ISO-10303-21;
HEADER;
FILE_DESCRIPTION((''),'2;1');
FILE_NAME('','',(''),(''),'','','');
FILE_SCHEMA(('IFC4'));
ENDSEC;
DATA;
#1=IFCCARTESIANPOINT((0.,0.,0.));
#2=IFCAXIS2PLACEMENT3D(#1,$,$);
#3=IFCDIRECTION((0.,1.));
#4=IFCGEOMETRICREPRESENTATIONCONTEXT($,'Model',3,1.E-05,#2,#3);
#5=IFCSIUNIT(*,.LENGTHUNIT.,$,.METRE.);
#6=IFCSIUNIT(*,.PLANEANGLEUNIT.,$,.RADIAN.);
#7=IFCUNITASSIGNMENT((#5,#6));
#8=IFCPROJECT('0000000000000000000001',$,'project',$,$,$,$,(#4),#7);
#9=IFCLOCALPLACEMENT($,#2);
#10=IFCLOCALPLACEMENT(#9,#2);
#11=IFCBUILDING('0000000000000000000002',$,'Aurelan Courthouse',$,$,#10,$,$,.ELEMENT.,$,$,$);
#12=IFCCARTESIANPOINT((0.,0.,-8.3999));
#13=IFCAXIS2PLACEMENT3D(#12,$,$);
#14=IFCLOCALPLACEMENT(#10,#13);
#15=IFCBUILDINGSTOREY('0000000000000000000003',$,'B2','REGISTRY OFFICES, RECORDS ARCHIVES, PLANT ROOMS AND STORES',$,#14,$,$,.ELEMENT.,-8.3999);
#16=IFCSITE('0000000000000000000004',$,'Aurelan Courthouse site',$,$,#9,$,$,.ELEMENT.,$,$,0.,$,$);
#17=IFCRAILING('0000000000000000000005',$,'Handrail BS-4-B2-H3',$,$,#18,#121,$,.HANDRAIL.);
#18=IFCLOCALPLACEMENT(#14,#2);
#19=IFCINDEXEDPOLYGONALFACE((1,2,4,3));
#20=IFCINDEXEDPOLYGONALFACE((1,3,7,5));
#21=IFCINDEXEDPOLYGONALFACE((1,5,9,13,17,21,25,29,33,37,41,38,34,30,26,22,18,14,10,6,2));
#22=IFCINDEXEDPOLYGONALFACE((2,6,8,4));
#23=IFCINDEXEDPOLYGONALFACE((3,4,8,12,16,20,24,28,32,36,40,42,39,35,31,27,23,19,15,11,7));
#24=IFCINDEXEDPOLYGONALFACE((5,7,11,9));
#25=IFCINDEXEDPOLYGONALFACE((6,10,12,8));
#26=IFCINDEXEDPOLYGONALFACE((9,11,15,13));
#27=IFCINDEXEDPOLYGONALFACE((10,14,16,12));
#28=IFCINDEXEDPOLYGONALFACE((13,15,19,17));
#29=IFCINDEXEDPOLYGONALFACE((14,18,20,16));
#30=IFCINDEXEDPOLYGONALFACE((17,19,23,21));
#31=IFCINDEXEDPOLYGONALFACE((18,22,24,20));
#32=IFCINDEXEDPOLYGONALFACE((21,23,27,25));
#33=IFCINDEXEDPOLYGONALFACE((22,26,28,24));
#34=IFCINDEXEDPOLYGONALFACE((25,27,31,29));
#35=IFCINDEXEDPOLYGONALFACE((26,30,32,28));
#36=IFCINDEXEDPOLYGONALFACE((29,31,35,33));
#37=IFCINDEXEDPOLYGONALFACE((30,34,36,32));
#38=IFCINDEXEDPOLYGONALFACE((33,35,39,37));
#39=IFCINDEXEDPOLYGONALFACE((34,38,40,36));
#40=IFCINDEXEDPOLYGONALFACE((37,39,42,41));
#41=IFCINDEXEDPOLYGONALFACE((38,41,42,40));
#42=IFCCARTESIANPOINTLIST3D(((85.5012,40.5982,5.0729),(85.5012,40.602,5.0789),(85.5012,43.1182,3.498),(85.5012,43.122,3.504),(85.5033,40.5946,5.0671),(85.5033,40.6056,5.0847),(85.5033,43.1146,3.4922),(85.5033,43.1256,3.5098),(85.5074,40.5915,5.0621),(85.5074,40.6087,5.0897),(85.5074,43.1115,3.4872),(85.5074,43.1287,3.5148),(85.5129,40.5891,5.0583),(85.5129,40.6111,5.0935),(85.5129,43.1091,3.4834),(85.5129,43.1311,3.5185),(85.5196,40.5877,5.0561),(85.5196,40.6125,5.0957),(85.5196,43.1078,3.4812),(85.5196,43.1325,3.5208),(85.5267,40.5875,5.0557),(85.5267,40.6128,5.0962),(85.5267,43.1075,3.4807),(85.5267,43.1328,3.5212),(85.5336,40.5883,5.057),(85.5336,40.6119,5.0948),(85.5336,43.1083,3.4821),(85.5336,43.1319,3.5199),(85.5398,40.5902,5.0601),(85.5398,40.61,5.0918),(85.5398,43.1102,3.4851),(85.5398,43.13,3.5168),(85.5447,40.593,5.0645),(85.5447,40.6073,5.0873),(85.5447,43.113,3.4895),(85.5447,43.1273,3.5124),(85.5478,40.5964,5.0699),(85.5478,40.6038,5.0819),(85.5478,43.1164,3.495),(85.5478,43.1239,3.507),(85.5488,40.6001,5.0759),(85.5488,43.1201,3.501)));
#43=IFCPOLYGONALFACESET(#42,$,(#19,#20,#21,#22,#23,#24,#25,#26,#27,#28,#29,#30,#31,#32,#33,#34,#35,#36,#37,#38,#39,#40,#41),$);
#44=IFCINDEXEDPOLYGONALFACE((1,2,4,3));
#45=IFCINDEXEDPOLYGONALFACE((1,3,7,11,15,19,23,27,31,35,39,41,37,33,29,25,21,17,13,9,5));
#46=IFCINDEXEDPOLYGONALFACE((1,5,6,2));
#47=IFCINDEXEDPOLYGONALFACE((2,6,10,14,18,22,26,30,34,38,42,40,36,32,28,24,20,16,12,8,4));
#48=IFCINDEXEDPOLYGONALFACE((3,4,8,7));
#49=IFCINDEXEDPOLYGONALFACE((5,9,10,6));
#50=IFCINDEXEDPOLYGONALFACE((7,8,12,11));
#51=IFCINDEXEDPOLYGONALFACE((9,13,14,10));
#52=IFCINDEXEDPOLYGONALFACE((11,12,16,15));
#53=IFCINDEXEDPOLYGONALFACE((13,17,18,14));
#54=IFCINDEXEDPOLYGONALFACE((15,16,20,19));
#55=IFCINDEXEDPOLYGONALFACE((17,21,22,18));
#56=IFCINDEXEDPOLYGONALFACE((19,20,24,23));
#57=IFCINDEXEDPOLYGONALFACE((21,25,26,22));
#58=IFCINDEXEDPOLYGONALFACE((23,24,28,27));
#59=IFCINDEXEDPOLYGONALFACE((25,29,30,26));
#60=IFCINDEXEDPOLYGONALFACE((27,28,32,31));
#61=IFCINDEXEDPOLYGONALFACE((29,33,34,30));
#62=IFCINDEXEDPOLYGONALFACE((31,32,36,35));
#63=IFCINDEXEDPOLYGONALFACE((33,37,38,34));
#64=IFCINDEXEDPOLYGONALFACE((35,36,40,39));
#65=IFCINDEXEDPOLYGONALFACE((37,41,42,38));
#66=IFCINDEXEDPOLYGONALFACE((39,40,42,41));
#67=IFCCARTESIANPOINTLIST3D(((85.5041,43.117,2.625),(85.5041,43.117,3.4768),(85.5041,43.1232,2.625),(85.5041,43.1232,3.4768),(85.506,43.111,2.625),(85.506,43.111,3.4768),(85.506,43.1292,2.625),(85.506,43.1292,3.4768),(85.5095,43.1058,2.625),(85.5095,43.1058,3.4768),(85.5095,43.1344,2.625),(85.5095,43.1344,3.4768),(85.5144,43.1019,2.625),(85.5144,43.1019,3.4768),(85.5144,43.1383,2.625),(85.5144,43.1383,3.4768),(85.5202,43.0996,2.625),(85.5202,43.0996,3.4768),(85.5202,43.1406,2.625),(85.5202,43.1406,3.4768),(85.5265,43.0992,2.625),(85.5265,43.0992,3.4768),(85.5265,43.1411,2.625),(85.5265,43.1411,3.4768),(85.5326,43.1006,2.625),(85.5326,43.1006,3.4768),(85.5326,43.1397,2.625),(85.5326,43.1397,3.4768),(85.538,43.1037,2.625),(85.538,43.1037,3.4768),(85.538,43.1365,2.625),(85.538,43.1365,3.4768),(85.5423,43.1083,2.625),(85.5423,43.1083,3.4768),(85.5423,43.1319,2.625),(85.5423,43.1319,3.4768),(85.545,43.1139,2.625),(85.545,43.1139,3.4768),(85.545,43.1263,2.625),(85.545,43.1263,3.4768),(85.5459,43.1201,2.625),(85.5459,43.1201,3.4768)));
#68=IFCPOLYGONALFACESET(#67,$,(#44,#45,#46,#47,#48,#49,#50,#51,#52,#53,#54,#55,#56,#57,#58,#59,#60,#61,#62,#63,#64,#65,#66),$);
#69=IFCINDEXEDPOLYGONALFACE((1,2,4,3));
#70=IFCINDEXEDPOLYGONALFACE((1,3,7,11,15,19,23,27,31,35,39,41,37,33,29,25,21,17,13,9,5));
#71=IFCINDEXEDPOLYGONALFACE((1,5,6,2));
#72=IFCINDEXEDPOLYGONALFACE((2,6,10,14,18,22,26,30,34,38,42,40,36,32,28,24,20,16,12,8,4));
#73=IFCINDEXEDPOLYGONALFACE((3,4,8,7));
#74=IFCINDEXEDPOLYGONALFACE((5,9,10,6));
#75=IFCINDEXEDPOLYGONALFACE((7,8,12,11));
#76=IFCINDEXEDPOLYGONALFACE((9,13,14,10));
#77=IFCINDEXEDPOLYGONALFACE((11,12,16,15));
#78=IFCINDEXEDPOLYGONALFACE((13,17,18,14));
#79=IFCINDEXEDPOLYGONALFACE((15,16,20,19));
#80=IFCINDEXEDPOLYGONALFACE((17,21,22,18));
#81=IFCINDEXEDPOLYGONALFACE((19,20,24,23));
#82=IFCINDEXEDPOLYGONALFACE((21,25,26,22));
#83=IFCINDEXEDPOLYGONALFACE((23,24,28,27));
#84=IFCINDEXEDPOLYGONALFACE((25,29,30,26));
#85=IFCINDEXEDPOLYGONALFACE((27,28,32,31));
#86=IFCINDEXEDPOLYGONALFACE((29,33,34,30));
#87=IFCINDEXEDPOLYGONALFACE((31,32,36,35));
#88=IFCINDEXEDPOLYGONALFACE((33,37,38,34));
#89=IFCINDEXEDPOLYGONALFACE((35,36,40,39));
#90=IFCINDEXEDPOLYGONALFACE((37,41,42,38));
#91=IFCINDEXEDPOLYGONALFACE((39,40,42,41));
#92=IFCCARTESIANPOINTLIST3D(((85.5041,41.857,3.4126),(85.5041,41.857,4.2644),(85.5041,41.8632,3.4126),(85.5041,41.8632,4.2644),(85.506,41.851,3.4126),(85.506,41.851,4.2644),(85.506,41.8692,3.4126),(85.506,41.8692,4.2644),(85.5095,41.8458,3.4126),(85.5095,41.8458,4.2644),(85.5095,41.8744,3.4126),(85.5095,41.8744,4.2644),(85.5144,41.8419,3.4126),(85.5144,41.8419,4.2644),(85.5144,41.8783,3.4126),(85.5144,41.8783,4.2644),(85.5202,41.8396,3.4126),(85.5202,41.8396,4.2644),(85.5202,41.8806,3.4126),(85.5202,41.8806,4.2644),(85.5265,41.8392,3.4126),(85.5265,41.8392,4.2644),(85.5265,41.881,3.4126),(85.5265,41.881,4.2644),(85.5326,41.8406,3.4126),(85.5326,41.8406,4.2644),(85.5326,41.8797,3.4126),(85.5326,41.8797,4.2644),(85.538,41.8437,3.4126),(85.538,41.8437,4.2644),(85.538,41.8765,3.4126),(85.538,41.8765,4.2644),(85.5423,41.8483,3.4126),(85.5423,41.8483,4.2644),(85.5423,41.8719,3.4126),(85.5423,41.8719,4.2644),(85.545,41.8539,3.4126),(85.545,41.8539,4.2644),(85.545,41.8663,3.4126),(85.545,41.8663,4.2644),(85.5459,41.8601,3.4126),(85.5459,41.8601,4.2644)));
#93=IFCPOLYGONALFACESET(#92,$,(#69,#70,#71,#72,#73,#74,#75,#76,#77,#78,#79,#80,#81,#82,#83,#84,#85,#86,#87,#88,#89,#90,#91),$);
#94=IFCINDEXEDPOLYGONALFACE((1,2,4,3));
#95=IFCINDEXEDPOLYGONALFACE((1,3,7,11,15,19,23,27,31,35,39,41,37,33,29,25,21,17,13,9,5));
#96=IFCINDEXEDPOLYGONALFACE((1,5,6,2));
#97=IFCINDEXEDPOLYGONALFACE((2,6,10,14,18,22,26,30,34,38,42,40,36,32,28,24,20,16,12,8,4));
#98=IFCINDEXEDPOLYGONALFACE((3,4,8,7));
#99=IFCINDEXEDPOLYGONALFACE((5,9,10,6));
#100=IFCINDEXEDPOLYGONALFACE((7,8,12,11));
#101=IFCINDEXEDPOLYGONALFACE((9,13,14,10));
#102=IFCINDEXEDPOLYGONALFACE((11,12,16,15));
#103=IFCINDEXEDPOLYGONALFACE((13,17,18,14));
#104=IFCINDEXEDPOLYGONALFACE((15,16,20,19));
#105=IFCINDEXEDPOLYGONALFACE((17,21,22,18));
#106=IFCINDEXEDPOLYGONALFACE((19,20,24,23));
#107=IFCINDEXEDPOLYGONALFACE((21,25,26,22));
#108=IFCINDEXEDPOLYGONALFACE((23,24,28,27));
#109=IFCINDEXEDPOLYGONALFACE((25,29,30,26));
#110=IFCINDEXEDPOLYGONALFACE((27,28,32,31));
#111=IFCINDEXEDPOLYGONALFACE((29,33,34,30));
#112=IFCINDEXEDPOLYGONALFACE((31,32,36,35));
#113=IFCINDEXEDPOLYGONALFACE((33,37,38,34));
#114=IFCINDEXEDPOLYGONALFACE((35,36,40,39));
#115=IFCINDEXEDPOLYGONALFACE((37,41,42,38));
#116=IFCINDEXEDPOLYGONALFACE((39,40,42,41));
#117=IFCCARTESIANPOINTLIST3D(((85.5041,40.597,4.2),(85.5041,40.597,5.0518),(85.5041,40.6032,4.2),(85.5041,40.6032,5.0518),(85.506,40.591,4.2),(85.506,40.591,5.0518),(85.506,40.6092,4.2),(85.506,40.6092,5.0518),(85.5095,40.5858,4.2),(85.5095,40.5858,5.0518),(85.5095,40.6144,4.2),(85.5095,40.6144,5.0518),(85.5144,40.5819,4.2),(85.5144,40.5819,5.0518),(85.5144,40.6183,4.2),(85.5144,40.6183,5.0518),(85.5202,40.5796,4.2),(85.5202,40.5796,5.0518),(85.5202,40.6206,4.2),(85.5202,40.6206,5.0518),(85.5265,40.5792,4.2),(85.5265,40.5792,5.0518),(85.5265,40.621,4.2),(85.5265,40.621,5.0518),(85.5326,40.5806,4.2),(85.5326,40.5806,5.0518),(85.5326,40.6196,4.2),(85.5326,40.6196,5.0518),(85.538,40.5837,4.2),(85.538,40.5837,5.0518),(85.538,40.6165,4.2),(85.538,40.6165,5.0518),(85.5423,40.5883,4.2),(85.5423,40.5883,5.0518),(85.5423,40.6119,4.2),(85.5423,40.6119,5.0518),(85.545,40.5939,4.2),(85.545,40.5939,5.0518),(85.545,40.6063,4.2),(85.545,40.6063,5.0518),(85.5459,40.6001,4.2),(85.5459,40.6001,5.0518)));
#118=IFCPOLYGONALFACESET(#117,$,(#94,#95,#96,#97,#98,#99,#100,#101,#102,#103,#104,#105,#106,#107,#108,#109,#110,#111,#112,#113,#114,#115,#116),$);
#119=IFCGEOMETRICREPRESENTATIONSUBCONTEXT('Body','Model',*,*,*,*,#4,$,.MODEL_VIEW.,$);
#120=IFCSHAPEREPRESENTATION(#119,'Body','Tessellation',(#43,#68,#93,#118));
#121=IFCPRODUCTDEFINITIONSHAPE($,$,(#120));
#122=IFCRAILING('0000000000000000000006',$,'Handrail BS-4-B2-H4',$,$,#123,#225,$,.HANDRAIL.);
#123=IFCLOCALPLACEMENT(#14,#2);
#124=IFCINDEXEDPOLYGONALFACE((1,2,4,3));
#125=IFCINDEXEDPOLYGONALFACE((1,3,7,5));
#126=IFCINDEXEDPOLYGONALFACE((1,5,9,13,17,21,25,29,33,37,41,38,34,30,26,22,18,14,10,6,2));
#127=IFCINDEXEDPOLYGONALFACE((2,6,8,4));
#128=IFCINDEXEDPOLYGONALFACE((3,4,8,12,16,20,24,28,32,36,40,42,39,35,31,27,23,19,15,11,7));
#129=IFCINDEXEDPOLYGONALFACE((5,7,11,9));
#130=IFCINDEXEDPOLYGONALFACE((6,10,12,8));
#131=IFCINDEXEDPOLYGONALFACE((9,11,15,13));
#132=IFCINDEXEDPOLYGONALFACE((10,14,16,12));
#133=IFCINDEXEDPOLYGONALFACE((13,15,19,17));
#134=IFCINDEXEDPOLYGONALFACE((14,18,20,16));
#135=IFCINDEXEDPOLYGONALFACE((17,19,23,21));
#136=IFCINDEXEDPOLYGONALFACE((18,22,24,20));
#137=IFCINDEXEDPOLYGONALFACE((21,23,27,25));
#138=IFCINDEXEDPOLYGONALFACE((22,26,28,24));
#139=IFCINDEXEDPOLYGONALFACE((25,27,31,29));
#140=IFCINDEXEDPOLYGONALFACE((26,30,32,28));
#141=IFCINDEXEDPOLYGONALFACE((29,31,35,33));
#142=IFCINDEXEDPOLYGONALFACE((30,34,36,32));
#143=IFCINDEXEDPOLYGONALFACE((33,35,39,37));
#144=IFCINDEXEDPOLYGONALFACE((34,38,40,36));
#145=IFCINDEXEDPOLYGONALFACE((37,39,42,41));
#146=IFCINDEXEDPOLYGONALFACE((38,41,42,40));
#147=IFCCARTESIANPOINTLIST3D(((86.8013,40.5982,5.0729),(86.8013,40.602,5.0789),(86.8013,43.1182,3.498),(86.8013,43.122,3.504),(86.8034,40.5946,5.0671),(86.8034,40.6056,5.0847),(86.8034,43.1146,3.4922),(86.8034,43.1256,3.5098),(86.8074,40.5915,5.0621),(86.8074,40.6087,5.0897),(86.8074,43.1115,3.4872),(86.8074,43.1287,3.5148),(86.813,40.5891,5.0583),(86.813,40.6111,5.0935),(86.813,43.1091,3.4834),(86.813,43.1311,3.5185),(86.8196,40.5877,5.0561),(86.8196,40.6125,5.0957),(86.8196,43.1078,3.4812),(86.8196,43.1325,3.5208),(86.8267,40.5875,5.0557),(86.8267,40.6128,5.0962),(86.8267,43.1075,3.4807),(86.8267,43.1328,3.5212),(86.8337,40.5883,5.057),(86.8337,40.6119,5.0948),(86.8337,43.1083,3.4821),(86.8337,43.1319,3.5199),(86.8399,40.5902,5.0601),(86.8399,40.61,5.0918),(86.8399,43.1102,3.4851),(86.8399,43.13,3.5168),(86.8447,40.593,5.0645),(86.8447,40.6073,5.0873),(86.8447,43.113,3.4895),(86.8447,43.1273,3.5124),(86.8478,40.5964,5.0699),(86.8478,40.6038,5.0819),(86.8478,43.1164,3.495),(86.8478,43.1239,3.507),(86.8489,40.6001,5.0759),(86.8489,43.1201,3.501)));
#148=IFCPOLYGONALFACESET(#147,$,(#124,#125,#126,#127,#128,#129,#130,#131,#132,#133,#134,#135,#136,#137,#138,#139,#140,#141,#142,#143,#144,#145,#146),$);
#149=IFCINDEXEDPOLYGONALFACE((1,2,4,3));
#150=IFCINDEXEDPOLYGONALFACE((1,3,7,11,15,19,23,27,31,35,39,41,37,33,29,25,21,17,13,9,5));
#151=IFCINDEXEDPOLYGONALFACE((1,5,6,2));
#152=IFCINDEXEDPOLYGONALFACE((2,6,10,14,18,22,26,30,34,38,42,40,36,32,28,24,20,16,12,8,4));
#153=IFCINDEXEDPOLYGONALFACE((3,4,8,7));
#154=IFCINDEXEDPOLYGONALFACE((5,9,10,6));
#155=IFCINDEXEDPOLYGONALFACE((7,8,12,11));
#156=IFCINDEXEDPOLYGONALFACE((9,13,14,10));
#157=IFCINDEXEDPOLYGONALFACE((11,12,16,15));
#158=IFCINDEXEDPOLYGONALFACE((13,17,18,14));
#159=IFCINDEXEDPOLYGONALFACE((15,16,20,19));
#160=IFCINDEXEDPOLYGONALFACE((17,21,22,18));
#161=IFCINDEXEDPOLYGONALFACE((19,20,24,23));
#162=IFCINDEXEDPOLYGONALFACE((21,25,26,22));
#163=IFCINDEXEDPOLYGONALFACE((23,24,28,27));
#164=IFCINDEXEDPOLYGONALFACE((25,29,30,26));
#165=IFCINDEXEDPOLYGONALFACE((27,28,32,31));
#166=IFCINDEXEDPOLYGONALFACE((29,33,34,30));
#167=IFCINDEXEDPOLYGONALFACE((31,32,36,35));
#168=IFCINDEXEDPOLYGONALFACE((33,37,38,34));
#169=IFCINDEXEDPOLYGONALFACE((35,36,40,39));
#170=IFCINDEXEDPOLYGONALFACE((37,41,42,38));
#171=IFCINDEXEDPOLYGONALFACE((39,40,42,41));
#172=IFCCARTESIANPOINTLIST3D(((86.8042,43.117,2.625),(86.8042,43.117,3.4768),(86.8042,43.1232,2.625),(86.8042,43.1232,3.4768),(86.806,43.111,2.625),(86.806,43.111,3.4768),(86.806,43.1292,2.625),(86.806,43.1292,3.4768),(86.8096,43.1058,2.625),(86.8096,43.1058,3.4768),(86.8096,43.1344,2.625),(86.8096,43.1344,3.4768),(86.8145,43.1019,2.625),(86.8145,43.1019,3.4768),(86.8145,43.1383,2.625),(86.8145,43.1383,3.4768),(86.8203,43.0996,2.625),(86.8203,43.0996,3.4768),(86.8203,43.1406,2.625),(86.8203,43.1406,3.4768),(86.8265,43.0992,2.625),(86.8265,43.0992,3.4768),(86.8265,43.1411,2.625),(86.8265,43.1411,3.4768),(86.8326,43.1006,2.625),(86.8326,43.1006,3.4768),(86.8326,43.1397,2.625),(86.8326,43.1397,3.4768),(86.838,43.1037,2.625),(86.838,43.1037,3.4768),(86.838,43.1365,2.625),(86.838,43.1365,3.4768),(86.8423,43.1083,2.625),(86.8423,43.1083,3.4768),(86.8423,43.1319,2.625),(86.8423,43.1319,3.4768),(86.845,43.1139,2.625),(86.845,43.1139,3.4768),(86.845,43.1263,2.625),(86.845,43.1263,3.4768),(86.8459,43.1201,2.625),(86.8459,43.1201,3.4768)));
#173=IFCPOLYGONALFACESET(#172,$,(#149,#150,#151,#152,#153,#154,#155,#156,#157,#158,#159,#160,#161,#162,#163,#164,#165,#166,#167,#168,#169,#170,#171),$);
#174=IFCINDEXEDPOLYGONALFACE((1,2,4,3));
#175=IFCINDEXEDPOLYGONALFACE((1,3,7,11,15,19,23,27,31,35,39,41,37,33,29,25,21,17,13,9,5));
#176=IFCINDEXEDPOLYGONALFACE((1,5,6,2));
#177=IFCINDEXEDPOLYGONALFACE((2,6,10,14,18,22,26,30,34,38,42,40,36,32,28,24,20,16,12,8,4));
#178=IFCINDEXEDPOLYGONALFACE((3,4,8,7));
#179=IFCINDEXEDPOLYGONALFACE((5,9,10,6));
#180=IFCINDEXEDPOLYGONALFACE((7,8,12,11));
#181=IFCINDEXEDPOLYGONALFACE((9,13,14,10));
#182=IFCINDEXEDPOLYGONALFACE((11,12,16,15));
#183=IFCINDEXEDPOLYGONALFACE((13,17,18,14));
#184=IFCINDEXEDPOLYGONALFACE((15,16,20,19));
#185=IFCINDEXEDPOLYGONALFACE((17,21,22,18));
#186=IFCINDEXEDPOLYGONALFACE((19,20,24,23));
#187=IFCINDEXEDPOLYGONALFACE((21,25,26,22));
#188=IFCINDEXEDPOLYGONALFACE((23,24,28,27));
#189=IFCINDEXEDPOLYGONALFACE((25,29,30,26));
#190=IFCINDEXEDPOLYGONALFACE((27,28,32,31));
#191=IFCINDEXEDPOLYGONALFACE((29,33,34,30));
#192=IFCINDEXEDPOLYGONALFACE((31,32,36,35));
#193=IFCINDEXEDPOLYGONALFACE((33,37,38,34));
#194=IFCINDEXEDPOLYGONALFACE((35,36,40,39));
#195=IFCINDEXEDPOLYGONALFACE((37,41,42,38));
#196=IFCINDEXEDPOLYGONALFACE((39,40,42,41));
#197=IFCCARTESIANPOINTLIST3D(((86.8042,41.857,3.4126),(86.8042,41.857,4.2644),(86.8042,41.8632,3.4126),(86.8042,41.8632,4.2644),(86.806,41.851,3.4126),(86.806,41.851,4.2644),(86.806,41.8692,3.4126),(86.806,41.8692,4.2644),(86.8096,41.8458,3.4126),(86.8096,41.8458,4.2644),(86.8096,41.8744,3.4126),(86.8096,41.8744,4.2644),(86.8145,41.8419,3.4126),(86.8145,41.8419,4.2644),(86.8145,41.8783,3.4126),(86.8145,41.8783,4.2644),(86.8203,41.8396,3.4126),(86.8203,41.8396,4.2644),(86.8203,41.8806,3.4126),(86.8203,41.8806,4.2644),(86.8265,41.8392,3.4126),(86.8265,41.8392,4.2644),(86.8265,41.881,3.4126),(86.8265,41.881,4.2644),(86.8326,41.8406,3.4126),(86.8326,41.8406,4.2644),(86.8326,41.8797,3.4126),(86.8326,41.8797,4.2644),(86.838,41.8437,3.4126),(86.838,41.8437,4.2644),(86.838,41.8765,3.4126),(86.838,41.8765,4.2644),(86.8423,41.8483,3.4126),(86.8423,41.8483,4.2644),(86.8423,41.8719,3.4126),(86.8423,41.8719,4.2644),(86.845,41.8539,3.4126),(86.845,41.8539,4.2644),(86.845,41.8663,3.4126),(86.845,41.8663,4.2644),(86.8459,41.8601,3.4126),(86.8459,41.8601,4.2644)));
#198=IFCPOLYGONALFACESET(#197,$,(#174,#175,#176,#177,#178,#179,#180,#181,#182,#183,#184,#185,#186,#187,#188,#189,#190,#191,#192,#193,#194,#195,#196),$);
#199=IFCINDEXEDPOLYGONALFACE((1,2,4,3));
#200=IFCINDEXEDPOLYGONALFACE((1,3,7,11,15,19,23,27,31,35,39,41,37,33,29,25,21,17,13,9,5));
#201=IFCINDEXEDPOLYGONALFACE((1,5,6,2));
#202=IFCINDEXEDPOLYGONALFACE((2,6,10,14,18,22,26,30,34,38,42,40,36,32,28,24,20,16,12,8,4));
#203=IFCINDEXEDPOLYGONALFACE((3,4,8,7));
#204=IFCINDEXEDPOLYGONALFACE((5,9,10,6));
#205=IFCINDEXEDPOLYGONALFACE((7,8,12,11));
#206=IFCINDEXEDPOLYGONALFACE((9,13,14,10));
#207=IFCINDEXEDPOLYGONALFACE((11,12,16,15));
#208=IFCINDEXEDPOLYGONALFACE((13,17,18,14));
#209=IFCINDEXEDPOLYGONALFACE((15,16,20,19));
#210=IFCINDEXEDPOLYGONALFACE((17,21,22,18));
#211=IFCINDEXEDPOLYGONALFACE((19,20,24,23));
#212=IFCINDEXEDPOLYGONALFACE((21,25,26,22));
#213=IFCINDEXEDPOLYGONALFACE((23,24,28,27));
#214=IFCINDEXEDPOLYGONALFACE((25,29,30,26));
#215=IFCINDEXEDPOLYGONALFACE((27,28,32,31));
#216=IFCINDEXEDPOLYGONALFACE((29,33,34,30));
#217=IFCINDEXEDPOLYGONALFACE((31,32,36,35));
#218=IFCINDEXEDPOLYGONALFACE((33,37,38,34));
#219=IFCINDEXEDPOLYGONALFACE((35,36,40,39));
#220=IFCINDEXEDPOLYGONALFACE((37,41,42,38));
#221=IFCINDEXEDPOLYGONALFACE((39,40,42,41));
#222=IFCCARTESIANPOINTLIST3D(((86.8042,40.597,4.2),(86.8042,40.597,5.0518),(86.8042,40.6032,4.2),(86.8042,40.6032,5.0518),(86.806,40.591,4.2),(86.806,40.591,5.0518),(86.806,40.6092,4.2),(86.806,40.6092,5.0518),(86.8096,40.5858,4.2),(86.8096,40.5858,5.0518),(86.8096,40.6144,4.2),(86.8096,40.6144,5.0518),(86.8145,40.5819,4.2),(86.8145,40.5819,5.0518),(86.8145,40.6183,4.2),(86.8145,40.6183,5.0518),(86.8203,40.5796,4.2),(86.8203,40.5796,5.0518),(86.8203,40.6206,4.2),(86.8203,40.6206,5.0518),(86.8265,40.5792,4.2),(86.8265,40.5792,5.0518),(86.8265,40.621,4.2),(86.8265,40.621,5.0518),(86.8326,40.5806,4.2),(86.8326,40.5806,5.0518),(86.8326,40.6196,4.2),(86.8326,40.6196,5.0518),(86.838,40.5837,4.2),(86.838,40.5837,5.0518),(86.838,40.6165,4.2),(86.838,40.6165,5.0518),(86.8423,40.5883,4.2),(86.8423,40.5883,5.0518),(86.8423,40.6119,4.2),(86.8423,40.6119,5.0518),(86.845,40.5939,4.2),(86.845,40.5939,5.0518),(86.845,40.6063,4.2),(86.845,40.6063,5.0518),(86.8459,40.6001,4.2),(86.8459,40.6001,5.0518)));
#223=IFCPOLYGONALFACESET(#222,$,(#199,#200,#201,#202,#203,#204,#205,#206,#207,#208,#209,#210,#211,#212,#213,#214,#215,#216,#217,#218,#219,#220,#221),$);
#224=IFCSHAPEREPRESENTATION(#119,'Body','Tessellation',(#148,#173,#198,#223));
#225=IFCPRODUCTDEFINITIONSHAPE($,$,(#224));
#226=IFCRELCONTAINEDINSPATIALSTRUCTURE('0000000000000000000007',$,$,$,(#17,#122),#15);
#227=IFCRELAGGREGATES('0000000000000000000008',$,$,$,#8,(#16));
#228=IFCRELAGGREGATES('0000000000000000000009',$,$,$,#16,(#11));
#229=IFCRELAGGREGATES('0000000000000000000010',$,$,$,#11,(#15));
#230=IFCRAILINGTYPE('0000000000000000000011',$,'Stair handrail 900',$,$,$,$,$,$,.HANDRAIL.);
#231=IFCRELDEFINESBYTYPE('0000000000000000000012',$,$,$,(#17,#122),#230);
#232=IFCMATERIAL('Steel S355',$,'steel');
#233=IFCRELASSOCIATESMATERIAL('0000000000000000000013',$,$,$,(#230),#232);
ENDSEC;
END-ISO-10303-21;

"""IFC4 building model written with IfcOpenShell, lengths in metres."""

from ifc_helpers import new_model, si_unit, direction, frame, origin, origin_2d, place, context, subcontext, project, spatial, circle, extrude, material, type_object, element, save


model = new_model("IFC4")

# Units and contexts
model_context = context("Model", 3, precision=1e-05, world=origin(), true_north=direction((0.0, 1.0)))
body_context = subcontext(model_context, "Body", "Model", "MODEL_VIEW")
ifc_project = project(units=[si_unit("LENGTHUNIT", "METRE"), si_unit("PLANEANGLEUNIT", "RADIAN")], contexts=[model_context])

# Site, building, storey
site_placement = place(None, origin())
site = spatial("IfcSite", under=ifc_project, at=site_placement, Name="Aurelan Courthouse site", CompositionType="ELEMENT", RefElevation=0.0)
building_placement = place(site_placement, origin())
building = spatial("IfcBuilding", under=site, at=building_placement, Name="Aurelan Courthouse", CompositionType="ELEMENT")
storey_placement = place(building_placement, frame((0.0, 0.0, -8.3999)))
storey = spatial("IfcBuildingStorey", under=building, at=storey_placement, Name="B2", Description="REGISTRY OFFICES, RECORDS ARCHIVES, PLANT ROOMS AND STORES", CompositionType="ELEMENT", Elevation=-8.3999)

# Railings
ifc_material_1 = material(Name="Steel S355", Category="steel")
railing_type_1 = type_object("IfcRailingType", Name="Stair handrail 900", PredefinedType="HANDRAIL", material=ifc_material_1)
for number, where, name in (
    (1, (85.5249, 43.1201, 2.625), "Handrail BS-4-B2-H3"),
    (2, (86.825, 43.1201, 2.625), "Handrail BS-4-B2-H4"),
):
    element("IfcRailing", number, at=place(storey_placement, frame(where)), inside=storey, type_object=railing_type_1, Name=name, PredefinedType="HANDRAIL", context=body_context, shape_type="SweptSolid", body=[
        extrude(circle(Radius=0.0239, at=origin_2d()), frame((0.0, 0.0, 0.876), z_axis=(0.0, -0.848008, 0.529984), x_axis=(1.0, 0.0, 0.0)), (0.0, 0.0, 1.0), 2.9717),
        extrude(circle(Radius=0.021, at=origin_2d()), origin(), (0.0, 0.0, 1.0), 0.8518),
        extrude(circle(Radius=0.021, at=origin_2d()), frame((0.0, -1.26, 0.7876)), (0.0, 0.0, 1.0), 0.8518),
        extrude(circle(Radius=0.021, at=origin_2d()), frame((0.0, -2.52, 1.575)), (0.0, 0.0, 1.0), 0.8518),
    ])

save(model, "model.ifc")
